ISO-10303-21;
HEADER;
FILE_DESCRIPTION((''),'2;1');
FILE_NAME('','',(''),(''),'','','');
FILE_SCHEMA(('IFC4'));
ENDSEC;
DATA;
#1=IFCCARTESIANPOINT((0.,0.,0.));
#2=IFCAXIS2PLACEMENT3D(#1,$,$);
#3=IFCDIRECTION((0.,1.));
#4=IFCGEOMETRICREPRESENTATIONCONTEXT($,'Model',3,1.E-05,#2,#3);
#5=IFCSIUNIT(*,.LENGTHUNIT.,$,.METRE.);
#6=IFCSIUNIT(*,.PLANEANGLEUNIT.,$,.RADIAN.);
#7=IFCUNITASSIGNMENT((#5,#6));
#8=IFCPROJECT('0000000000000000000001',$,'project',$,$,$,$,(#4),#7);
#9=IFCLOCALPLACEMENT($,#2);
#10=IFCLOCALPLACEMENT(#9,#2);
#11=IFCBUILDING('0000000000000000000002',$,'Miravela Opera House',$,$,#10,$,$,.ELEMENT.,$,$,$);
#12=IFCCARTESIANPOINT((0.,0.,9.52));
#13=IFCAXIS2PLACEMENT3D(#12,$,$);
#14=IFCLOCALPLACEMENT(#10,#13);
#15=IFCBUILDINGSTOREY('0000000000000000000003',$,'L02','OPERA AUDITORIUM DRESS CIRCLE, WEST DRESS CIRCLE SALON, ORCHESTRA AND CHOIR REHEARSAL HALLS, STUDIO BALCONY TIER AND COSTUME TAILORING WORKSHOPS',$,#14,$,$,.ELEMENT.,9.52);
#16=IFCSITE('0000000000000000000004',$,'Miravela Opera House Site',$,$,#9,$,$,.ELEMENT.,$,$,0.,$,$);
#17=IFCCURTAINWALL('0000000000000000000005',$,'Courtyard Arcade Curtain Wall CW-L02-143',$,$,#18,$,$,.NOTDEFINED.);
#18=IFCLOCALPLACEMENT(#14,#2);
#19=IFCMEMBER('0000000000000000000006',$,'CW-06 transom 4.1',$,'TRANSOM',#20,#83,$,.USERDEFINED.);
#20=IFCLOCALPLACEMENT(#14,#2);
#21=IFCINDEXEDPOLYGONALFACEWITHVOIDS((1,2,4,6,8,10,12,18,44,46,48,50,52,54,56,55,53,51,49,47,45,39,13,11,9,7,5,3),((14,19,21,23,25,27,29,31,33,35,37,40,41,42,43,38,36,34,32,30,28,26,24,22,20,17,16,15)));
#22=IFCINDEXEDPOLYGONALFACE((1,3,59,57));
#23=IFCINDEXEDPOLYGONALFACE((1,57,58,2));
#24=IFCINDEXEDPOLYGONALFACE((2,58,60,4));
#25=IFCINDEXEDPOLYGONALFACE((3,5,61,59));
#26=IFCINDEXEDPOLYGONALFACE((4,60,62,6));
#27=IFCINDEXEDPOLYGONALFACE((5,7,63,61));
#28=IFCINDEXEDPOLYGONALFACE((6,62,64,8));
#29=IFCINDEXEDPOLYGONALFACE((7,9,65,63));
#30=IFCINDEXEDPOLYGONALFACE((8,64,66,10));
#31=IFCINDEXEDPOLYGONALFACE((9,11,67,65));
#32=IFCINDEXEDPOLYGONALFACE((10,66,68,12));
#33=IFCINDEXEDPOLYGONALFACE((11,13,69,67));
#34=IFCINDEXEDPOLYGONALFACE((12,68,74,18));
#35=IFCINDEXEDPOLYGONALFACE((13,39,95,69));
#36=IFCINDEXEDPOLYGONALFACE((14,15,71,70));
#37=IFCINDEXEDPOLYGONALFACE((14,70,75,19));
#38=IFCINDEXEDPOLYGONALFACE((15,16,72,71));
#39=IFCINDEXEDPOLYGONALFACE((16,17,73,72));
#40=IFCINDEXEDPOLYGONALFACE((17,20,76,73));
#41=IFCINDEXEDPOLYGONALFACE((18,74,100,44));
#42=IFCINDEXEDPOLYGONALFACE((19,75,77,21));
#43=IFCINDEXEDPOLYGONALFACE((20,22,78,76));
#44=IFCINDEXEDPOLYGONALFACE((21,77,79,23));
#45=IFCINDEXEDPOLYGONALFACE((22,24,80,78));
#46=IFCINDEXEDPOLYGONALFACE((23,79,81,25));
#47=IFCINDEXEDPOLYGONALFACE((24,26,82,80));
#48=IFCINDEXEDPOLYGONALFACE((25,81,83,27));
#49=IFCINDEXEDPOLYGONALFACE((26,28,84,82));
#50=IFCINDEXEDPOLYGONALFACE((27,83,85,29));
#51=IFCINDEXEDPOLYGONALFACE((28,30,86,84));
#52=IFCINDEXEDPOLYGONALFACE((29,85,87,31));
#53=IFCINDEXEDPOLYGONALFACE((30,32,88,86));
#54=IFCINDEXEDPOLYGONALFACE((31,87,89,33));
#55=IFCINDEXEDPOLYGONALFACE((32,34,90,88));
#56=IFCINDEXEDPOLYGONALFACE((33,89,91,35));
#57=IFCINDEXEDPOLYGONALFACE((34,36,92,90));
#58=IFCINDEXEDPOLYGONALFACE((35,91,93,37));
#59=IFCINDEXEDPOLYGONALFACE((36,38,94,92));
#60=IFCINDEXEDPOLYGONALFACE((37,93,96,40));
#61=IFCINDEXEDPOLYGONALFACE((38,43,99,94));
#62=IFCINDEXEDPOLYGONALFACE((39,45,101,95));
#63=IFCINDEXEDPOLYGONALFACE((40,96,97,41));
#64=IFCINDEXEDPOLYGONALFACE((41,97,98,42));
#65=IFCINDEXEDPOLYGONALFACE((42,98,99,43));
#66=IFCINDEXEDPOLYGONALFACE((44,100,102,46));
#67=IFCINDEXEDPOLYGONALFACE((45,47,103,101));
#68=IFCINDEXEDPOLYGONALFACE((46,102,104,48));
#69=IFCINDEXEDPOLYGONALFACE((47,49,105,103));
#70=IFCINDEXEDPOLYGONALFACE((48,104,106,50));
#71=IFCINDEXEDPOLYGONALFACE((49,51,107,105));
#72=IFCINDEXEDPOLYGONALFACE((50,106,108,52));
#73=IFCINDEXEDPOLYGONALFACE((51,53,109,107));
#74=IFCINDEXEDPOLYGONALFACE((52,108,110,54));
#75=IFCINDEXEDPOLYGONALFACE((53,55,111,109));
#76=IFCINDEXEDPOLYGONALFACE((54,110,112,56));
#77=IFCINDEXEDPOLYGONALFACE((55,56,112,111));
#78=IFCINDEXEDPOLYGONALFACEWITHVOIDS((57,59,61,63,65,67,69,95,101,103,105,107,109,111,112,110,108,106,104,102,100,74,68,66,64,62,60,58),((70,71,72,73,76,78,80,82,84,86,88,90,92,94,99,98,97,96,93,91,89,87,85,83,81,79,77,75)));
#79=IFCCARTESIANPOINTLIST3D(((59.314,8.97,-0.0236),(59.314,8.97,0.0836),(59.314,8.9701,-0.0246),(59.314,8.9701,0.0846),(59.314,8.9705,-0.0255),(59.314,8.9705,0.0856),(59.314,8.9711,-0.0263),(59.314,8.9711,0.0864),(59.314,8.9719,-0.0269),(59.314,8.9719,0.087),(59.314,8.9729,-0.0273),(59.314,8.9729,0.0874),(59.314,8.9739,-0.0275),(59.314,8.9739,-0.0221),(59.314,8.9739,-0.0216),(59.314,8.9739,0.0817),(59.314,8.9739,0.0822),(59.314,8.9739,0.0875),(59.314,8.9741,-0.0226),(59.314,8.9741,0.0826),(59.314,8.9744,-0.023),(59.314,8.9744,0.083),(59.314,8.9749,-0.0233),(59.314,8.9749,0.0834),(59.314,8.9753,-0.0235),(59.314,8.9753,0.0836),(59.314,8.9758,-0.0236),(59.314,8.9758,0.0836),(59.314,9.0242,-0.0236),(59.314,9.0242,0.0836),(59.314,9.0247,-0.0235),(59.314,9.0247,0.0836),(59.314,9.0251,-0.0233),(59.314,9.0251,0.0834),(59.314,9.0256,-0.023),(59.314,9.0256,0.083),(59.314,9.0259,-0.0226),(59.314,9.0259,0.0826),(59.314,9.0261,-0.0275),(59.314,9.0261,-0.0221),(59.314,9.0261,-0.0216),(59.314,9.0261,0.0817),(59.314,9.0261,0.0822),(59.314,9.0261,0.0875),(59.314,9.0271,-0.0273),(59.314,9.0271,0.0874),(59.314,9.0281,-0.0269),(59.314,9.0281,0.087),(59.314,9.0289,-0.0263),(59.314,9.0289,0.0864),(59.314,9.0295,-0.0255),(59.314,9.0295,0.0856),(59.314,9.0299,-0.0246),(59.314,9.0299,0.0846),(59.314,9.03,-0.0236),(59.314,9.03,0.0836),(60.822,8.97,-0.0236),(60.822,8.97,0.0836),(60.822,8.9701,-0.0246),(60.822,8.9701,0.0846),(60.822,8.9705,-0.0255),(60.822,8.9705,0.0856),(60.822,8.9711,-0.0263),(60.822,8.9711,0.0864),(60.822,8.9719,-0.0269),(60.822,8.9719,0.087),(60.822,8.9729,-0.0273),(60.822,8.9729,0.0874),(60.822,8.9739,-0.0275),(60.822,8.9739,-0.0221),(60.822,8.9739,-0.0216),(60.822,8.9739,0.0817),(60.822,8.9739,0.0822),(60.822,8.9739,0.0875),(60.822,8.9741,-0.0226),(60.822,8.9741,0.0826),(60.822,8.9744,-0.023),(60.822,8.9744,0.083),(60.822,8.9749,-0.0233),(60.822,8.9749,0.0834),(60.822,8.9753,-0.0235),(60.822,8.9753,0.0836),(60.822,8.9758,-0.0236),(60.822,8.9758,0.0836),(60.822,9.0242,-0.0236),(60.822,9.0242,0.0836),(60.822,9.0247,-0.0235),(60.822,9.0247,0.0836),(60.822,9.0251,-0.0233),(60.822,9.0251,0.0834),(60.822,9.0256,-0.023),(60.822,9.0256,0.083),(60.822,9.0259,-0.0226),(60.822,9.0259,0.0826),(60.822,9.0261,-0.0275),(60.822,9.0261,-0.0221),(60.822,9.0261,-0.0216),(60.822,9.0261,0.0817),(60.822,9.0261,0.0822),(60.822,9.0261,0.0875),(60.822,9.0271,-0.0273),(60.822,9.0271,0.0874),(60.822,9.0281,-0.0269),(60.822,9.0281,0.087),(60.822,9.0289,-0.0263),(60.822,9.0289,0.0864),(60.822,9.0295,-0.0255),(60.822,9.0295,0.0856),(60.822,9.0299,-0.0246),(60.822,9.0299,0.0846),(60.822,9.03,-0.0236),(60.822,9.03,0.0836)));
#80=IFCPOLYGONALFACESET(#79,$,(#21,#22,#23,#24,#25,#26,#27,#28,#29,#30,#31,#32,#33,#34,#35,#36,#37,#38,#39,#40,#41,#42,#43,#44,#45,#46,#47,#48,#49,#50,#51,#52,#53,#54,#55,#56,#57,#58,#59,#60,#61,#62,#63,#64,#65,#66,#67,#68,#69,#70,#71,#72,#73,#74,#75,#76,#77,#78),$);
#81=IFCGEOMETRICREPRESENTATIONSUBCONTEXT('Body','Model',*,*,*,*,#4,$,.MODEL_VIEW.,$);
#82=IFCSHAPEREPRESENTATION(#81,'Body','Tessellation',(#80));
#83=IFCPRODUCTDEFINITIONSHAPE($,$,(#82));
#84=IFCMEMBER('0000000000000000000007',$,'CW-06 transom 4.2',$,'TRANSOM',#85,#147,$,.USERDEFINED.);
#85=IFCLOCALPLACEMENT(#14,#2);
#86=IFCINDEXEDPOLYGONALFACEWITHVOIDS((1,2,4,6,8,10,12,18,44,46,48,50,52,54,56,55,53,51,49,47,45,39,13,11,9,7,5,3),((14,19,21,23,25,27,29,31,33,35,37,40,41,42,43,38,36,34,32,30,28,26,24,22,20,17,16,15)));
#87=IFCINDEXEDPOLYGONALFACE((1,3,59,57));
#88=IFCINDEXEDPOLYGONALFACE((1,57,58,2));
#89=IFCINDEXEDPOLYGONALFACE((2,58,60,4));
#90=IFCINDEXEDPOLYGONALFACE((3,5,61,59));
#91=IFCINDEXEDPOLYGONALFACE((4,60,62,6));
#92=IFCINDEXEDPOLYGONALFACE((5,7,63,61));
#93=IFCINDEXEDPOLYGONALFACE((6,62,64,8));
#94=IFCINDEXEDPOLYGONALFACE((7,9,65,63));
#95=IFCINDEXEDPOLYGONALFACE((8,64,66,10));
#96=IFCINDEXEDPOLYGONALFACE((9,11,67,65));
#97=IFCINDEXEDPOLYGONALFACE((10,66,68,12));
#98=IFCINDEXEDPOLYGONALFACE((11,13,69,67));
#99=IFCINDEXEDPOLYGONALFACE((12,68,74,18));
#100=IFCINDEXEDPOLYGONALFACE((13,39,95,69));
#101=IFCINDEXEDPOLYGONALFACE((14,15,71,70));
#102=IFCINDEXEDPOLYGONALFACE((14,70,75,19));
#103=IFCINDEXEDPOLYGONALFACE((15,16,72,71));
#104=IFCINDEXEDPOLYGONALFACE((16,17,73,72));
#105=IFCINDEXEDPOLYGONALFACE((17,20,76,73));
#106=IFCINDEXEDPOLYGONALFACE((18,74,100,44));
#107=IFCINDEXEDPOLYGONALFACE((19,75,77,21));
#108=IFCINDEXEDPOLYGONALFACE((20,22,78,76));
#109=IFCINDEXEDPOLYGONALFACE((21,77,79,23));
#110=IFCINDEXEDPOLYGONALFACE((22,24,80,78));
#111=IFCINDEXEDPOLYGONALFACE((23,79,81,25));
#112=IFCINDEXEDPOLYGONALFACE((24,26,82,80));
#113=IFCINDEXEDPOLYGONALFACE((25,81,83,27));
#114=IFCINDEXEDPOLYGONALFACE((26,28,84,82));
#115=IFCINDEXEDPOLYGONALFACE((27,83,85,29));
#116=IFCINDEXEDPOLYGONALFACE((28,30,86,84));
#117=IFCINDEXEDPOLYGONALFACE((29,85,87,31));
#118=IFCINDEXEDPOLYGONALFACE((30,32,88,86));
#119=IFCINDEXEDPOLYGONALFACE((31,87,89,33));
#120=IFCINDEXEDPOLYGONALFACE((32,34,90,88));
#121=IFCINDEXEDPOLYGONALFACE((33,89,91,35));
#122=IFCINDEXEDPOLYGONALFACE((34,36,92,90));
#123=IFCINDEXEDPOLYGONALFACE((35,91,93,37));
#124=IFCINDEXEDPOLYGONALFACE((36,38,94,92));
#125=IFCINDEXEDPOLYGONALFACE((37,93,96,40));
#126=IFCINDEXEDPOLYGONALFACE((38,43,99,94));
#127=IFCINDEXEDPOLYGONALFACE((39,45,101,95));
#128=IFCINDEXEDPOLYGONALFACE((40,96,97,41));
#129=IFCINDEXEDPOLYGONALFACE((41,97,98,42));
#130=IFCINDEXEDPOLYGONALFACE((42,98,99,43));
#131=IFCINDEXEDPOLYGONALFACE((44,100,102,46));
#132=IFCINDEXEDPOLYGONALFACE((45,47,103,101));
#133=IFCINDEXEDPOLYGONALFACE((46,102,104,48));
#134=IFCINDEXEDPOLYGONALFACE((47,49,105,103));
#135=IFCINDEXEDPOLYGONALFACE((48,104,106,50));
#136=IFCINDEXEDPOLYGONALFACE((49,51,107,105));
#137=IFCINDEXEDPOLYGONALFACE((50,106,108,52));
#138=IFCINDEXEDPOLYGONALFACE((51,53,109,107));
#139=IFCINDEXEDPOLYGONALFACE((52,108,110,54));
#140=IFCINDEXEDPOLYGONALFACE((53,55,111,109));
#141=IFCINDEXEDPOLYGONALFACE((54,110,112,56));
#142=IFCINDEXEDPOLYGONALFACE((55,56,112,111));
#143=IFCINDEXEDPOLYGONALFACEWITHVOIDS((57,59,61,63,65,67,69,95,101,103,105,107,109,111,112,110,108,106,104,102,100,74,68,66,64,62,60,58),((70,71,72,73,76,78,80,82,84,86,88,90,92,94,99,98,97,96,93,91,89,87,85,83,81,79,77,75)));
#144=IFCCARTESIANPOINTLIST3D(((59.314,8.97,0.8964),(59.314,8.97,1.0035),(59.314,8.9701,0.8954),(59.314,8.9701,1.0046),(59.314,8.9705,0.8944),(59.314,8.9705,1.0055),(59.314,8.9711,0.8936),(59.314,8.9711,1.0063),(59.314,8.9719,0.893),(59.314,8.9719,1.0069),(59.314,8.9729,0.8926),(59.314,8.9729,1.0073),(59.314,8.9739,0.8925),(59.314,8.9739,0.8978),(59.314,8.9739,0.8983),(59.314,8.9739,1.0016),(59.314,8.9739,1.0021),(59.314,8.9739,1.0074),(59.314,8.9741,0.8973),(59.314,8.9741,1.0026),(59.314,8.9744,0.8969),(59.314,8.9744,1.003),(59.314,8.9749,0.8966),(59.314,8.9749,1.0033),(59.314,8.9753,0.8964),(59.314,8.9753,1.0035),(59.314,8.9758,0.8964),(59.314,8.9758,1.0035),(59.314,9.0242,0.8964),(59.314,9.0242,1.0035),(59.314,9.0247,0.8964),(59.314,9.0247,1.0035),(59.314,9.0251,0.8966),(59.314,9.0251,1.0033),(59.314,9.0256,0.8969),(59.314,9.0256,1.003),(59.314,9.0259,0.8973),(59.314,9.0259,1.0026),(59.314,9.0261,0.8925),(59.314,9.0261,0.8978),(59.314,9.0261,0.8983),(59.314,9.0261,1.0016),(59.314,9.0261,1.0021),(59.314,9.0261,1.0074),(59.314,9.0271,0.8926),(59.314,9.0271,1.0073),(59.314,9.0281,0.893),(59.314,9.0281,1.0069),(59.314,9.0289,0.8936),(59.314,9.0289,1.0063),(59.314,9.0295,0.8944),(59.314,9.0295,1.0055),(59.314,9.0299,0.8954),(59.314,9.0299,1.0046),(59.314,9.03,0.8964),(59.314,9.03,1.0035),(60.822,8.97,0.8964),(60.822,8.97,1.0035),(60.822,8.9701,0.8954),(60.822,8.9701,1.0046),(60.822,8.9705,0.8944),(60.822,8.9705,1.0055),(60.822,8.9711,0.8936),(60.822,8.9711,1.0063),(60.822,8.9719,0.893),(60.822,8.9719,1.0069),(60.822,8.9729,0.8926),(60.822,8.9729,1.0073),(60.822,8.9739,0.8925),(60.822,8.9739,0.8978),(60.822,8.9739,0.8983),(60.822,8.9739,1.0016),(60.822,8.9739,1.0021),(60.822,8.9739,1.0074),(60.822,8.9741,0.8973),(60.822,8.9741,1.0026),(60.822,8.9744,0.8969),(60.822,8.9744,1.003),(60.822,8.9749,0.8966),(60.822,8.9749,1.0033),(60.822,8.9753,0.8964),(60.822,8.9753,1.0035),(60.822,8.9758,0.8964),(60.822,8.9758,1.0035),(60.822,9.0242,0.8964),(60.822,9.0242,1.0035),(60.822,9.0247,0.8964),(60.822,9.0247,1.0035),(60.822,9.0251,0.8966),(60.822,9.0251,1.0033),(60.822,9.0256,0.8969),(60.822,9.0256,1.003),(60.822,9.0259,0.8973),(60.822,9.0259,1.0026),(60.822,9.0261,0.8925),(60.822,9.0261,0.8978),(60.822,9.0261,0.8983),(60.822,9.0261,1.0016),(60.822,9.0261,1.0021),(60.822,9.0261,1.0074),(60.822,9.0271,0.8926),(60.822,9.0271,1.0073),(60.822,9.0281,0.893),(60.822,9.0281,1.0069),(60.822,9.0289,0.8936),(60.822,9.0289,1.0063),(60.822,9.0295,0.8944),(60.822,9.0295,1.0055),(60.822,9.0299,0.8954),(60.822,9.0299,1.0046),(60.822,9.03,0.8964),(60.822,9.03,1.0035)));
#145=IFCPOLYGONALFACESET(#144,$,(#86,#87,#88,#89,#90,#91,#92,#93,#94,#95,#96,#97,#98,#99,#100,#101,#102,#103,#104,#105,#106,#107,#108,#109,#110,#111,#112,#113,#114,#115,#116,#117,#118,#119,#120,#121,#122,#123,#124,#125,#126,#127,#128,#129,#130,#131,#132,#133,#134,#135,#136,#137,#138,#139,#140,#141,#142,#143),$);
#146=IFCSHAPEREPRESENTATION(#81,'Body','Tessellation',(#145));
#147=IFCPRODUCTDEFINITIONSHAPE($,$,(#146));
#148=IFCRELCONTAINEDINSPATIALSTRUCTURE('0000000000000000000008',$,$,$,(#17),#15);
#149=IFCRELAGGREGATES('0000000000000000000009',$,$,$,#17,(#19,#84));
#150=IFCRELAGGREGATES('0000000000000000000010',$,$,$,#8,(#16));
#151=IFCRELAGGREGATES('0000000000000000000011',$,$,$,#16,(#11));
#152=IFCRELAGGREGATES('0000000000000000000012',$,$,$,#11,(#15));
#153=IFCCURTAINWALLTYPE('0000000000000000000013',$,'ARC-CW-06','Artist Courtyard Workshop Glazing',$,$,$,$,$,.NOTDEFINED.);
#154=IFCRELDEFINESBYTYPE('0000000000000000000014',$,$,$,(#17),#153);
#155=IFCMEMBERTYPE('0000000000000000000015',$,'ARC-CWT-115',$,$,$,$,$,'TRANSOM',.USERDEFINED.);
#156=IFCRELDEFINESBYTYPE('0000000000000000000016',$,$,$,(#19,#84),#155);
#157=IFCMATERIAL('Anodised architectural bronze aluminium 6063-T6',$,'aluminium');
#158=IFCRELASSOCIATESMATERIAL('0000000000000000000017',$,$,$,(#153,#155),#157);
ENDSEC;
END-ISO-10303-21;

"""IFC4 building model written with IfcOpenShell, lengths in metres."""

from ifc_helpers import new_model, si_unit, direction, frame, origin, origin_2d, place, context, subcontext, project, spatial, hollow_rectangle, extrude, material, material_profile, profile_set, type_object, element, aggregate, save


model = new_model("IFC4")

# Units and contexts
model_context = context("Model", 3, precision=1e-05, world=origin(), true_north=direction((0.0, 1.0)))
body_context = subcontext(model_context, "Body", "Model", "MODEL_VIEW")
ifc_project = project(units=[si_unit("LENGTHUNIT", "METRE"), si_unit("PLANEANGLEUNIT", "RADIAN")], contexts=[model_context])

# Site, building, storey
site_placement = place(None, origin())
site = spatial("IfcSite", under=ifc_project, at=site_placement, Name="Miravela Opera House Site", CompositionType="ELEMENT", RefElevation=0.0)
building_placement = place(site_placement, origin())
building = spatial("IfcBuilding", under=site, at=building_placement, Name="Miravela Opera House", CompositionType="ELEMENT")
storey_placement = place(building_placement, frame((0.0, 0.0, 9.52)))
storey = spatial("IfcBuildingStorey", under=building, at=storey_placement, Name="L02", Description="OPERA AUDITORIUM DRESS CIRCLE, WEST DRESS CIRCLE SALON, ORCHESTRA AND CHOIR REHEARSAL HALLS, STUDIO BALCONY TIER AND COSTUME TAILORING WORKSHOPS", CompositionType="ELEMENT", Elevation=9.52)

# Curtain wall
ifc_material_1 = material(Name="Anodised architectural bronze aluminium 6063-T6", Category="aluminium")
curtain_wall_type = type_object("IfcCurtainWallType", Name="ARC-CW-06", Description="Artist Courtyard Workshop Glazing", PredefinedType="NOTDEFINED", material=ifc_material_1)
curtain_wall_1_placement = place(storey_placement, origin())
curtain_wall_1 = element("IfcCurtainWall", 1, at=curtain_wall_1_placement, inside=storey, type_object=curtain_wall_type, Name="Courtyard Arcade Curtain Wall CW-L02-143", PredefinedType="NOTDEFINED")

# Members
ifc_material_profile_1 = material_profile(ifc_material_1, hollow_rectangle(XDim=0.0601, YDim=0.115, WallThickness=0.0039, InnerFilletRadius=0.002, OuterFilletRadius=0.0039, at=origin_2d()), Name="CWT-60X115")
ifc_profile_set_1 = profile_set([ifc_material_profile_1])
member_type_1 = type_object("IfcMemberType", Name="ARC-CWT-115", ElementType="TRANSOM", PredefinedType="USERDEFINED", material=ifc_profile_set_1)
member_1_placement = place(storey_placement, frame((59.314, 9.0, 0.03), z_axis=(1.0, 0.0, 0.0), x_axis=(0.0, 1.0, 0.0)))
member_1 = element("IfcMember", 2, at=member_1_placement, type_object=member_type_1, Name="CW-06 transom 4.1", ObjectType="TRANSOM", PredefinedType="USERDEFINED", context=body_context, shape_type="SweptSolid", body=[
    extrude(hollow_rectangle(XDim=0.0601, YDim=0.115, WallThickness=0.0039, InnerFilletRadius=0.002, OuterFilletRadius=0.0039, at=origin_2d()), origin(), (0.0, 0.0, 1.0), 1.5081),
])
member_2_placement = place(storey_placement, frame((59.314, 9.0, 0.95), z_axis=(1.0, 0.0, 0.0), x_axis=(0.0, 1.0, 0.0)))
member_2 = element("IfcMember", 3, at=member_2_placement, type_object=member_type_1, Name="CW-06 transom 4.2", ObjectType="TRANSOM", PredefinedType="USERDEFINED", context=body_context, shape_type="SweptSolid", body=[
    extrude(hollow_rectangle(XDim=0.0601, YDim=0.115, WallThickness=0.0039, InnerFilletRadius=0.002, OuterFilletRadius=0.0039, at=origin_2d()), origin(), (0.0, 0.0, 1.0), 1.5081),
])

aggregate(curtain_wall_1, [member_1, member_2])

save(model, "model.ifc")
